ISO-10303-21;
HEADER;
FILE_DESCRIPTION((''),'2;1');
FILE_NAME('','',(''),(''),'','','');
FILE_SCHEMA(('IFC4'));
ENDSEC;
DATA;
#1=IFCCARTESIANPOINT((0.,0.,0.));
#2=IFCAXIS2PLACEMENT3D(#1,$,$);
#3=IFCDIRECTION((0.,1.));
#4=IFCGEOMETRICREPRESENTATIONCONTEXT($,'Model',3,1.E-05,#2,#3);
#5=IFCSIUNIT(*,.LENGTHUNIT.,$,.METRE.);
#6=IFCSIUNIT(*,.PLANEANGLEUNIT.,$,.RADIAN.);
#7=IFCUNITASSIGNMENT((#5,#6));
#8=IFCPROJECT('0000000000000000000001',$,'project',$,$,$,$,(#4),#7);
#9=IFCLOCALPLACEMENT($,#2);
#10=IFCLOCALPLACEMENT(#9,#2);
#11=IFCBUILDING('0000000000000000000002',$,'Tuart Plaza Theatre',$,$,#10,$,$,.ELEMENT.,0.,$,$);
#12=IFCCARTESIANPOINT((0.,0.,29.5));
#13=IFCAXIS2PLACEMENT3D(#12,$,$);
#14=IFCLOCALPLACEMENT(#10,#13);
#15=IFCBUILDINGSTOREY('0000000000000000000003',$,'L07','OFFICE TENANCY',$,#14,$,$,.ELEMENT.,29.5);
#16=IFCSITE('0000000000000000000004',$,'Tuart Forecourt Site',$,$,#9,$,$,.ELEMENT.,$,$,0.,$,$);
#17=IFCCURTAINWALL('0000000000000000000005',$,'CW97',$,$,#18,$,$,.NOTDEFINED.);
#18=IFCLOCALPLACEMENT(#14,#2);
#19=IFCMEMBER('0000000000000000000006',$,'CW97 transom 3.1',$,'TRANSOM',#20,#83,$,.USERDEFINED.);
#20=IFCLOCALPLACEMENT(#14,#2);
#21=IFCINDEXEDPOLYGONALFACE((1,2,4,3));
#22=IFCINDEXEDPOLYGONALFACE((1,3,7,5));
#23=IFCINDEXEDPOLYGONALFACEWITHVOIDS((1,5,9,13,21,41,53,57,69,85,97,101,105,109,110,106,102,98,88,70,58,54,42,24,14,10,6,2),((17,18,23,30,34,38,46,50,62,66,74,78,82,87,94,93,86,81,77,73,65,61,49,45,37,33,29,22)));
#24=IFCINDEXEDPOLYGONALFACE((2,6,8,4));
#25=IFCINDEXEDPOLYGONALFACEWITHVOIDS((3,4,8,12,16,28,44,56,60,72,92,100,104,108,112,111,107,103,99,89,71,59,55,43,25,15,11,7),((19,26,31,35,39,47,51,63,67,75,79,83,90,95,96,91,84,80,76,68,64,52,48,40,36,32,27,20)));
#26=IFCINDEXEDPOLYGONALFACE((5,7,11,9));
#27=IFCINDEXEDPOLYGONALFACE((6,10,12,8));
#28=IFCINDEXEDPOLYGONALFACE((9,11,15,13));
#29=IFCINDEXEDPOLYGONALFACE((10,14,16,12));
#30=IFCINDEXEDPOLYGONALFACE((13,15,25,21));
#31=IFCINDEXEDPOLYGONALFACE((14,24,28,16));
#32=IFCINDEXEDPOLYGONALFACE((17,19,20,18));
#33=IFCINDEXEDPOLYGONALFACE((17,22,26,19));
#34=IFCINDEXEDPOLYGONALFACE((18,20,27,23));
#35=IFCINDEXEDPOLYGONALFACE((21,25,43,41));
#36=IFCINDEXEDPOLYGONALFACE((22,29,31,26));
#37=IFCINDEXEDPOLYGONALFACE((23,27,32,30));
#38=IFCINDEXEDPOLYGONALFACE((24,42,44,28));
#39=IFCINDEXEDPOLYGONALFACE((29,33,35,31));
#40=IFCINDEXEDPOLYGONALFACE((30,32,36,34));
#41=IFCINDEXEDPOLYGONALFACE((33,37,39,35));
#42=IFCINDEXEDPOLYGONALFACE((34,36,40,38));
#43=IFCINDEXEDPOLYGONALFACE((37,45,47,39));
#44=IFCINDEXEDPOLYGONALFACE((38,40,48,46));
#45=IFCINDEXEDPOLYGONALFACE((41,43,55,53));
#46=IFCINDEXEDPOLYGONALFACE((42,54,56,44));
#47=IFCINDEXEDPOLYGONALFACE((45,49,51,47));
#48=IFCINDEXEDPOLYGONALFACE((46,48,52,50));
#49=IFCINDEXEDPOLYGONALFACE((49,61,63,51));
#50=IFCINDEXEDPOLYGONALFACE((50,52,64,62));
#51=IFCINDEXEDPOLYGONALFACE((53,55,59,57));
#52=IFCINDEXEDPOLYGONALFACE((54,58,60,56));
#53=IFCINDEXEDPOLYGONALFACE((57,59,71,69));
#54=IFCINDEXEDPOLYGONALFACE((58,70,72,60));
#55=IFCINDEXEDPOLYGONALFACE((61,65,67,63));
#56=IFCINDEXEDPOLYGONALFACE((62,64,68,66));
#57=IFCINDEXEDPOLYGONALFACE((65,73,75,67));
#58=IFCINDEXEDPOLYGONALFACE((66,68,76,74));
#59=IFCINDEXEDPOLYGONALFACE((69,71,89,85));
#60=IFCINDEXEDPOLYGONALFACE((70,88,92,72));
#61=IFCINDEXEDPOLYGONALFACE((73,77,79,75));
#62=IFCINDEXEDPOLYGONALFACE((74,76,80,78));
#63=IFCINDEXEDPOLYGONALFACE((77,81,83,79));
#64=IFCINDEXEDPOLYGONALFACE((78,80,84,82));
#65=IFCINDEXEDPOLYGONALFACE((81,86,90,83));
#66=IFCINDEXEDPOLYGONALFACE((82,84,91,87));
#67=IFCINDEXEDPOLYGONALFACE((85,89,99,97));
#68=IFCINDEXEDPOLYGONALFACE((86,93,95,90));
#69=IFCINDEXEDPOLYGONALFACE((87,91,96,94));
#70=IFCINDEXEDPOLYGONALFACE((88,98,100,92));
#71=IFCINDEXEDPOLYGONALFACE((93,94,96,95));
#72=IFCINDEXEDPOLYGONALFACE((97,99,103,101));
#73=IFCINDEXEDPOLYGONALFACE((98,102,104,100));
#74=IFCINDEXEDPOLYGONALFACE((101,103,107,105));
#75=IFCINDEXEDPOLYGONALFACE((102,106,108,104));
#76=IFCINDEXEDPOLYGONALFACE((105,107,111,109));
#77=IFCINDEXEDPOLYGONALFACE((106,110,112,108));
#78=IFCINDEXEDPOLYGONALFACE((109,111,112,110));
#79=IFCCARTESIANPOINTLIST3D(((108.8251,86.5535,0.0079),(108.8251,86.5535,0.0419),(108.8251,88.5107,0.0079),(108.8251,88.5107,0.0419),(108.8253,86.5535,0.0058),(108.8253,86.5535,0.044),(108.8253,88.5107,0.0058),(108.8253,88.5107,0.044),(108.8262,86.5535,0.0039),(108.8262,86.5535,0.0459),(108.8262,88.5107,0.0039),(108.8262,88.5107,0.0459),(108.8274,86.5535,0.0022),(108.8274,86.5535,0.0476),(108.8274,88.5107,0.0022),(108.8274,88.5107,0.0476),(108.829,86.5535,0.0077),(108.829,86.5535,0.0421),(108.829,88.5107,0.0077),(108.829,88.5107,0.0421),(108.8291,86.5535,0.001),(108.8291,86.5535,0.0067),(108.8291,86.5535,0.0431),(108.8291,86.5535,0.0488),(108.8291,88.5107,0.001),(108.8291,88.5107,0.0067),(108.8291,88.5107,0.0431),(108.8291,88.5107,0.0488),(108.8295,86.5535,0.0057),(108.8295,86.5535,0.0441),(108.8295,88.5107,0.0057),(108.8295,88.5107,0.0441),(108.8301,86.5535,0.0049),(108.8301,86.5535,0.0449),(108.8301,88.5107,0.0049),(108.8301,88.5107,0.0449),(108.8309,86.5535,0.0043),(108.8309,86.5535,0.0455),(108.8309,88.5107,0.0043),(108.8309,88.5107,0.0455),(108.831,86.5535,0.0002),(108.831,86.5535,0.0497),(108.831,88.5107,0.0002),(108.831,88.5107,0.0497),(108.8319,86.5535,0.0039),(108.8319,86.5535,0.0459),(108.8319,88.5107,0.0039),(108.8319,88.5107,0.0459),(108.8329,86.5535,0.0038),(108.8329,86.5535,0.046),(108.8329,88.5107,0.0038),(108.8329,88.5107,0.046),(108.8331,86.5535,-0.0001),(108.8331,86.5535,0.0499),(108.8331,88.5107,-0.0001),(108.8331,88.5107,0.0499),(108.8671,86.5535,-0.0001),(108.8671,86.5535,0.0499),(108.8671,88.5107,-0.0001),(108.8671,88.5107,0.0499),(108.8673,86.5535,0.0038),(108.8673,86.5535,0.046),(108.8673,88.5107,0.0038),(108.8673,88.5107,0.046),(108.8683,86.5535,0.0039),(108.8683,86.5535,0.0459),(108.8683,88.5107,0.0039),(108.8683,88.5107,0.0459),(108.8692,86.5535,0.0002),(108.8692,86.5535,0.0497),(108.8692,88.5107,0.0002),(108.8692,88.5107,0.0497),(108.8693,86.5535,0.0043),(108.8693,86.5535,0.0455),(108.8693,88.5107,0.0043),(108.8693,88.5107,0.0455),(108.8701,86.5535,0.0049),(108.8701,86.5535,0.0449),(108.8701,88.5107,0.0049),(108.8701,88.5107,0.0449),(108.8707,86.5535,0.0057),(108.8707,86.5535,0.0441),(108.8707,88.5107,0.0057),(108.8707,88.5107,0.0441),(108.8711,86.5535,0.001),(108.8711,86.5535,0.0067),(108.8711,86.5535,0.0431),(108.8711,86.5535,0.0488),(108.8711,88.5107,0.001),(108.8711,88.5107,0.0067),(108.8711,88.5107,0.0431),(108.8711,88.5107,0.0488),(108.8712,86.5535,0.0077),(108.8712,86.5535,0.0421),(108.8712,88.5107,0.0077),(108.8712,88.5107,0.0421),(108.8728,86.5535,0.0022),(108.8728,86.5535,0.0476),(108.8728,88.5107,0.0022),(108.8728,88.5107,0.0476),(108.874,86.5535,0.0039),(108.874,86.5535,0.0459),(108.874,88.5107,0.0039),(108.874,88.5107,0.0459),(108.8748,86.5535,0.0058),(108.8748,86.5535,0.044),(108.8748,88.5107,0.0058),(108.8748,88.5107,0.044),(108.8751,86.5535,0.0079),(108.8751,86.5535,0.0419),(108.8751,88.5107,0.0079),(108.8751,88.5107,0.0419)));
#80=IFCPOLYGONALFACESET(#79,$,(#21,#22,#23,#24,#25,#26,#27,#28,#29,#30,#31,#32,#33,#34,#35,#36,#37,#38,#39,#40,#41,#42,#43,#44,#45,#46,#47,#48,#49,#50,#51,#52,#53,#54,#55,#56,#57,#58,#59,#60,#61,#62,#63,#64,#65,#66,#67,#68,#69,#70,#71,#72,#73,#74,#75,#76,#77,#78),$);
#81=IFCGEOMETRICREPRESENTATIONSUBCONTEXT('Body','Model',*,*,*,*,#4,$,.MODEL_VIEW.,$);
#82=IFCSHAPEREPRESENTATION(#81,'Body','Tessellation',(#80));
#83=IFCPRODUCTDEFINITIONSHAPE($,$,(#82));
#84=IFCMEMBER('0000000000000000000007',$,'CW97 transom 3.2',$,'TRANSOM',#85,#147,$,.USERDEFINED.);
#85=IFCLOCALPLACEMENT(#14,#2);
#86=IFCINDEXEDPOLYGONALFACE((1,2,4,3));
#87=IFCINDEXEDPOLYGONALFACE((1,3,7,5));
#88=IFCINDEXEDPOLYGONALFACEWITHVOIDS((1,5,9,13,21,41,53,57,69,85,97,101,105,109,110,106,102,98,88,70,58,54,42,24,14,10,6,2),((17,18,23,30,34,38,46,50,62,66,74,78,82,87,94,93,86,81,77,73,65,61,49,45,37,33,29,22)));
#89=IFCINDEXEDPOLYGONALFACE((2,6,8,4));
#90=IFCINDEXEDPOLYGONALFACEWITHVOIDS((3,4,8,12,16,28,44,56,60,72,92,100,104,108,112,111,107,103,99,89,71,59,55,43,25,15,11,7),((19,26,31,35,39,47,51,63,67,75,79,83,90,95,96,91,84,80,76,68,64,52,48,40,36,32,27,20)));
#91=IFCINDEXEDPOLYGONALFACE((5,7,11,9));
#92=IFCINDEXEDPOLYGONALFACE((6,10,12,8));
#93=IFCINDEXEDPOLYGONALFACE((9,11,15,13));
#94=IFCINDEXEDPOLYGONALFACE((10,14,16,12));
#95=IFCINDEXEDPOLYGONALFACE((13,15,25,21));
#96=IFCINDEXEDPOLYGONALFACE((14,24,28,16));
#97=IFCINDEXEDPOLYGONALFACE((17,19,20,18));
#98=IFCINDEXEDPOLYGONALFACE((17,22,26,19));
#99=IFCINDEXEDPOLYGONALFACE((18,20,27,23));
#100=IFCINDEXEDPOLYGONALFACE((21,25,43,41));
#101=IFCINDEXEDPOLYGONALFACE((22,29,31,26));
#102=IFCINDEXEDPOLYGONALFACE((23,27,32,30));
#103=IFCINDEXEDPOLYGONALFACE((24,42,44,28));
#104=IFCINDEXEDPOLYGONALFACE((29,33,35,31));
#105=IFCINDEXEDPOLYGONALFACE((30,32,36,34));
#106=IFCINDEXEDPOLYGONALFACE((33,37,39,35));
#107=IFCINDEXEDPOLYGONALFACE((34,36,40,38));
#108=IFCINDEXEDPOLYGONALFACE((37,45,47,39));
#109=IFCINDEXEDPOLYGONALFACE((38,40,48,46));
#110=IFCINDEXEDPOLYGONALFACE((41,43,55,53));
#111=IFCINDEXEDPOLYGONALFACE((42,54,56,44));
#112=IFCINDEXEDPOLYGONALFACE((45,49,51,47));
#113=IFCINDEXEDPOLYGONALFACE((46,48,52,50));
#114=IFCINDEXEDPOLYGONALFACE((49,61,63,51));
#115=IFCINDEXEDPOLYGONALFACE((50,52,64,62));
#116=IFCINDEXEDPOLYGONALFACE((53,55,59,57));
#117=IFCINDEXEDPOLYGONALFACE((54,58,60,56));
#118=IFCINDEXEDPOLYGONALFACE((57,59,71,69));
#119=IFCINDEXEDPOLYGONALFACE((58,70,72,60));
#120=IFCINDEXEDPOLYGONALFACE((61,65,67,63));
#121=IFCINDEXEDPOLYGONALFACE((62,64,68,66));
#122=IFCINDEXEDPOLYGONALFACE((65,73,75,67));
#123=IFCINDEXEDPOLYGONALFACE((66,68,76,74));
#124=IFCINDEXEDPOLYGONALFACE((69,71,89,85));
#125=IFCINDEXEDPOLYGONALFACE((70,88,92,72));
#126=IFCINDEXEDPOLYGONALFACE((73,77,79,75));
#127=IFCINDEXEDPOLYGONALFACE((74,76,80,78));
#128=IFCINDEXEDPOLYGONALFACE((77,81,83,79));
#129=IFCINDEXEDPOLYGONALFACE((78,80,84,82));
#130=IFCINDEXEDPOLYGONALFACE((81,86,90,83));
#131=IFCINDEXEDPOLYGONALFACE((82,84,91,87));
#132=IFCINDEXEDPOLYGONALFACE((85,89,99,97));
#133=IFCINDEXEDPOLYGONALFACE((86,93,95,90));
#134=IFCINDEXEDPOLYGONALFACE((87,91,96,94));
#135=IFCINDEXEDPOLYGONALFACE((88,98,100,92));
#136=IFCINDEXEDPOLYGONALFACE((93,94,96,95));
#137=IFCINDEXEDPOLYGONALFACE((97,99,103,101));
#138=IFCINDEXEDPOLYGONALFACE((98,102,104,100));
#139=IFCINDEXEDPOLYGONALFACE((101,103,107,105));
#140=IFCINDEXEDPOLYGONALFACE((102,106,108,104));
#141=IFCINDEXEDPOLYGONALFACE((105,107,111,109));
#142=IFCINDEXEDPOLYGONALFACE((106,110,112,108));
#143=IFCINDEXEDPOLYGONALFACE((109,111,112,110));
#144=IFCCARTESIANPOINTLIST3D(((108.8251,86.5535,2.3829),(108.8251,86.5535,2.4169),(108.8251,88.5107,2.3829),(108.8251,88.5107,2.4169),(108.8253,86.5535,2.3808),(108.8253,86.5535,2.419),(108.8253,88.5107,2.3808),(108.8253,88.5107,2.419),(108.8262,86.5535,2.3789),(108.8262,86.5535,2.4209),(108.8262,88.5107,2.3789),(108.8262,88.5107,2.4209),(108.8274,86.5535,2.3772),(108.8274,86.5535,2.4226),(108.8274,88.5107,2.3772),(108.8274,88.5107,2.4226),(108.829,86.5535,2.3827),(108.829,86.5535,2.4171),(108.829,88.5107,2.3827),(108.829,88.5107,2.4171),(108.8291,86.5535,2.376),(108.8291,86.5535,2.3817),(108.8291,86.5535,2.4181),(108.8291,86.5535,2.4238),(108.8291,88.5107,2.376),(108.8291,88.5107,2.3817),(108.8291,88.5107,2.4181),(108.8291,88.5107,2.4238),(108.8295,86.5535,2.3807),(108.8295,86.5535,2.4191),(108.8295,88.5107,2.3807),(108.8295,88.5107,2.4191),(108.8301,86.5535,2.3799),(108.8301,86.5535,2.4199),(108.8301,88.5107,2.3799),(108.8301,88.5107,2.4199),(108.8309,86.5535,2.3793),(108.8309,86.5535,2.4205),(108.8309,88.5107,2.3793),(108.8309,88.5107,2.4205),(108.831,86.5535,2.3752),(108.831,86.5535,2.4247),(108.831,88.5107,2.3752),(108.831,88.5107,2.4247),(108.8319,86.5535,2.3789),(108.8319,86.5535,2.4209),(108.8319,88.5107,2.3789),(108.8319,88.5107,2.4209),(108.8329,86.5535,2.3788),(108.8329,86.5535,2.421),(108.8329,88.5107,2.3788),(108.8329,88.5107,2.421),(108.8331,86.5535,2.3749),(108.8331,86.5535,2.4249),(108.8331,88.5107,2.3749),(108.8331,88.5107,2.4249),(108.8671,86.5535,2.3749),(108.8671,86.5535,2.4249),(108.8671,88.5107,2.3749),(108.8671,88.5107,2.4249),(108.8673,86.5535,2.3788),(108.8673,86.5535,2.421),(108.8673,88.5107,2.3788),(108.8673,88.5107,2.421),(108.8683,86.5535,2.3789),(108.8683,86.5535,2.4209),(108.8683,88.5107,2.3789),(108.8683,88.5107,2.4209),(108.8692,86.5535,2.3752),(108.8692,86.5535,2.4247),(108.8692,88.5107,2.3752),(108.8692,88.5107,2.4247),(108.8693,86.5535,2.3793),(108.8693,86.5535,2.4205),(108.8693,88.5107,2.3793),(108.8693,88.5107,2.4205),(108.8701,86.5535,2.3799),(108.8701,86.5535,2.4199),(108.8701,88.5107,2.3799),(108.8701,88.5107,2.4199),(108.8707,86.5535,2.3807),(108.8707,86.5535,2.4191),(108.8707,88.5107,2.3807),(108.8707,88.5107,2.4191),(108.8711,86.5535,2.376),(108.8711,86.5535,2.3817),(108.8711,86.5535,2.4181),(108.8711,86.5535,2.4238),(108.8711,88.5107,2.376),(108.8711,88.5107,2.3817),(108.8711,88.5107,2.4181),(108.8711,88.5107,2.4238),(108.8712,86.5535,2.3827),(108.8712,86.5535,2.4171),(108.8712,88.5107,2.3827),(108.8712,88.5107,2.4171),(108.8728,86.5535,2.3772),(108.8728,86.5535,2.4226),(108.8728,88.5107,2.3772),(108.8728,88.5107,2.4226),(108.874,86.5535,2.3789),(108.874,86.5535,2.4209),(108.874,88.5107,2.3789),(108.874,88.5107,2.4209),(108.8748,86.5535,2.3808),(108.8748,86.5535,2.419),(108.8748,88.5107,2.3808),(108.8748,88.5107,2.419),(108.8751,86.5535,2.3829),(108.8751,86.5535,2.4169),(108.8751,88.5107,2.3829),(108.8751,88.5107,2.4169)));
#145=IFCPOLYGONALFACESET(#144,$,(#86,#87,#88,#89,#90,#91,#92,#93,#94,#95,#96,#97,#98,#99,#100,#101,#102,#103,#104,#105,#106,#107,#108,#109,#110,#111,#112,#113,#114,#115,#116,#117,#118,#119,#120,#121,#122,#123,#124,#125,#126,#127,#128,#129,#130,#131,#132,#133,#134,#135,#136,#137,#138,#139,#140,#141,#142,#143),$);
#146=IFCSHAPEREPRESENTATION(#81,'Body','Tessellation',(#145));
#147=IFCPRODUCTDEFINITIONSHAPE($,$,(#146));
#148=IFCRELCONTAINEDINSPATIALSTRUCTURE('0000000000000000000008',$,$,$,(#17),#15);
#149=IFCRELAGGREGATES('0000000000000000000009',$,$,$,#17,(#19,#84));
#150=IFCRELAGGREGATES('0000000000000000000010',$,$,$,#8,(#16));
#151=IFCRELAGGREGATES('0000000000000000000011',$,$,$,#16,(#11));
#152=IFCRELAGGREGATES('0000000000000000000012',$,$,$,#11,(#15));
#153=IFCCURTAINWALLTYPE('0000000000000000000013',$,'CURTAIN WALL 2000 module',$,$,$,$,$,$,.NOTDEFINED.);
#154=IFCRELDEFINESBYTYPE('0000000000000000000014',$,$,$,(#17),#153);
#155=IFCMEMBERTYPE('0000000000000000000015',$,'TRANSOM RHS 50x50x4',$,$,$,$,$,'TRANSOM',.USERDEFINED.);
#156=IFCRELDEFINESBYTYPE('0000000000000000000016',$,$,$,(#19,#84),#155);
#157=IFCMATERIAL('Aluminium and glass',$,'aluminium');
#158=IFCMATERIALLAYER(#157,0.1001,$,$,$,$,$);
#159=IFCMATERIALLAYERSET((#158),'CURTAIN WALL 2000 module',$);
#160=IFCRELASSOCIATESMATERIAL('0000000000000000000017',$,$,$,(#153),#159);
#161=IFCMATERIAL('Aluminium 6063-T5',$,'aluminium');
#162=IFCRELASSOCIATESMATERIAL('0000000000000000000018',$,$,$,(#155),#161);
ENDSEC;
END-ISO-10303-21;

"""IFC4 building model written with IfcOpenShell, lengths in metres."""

from ifc_helpers import new_model, si_unit, direction, frame, origin, origin_2d, place, context, subcontext, project, spatial, hollow_rectangle, extrude, material, layer, layer_set, material_profile, profile_set, type_object, element, aggregate, save


model = new_model("IFC4")

# Units and contexts
model_context = context("Model", 3, precision=1e-05, world=origin(), true_north=direction((0.0, 1.0)))
body_context = subcontext(model_context, "Body", "Model", "MODEL_VIEW")
ifc_project = project(units=[si_unit("LENGTHUNIT", "METRE"), si_unit("PLANEANGLEUNIT", "RADIAN")], contexts=[model_context])

# Site, building, storey
site_placement = place(None, origin())
site = spatial("IfcSite", under=ifc_project, at=site_placement, Name="Tuart Forecourt Site", CompositionType="ELEMENT", RefElevation=0.0)
building_placement = place(site_placement, origin())
building = spatial("IfcBuilding", under=site, at=building_placement, Name="Tuart Plaza Theatre", CompositionType="ELEMENT", ElevationOfRefHeight=0.0)
storey_placement = place(building_placement, frame((0.0, 0.0, 29.5)))
storey = spatial("IfcBuildingStorey", under=building, at=storey_placement, Name="L07", Description="OFFICE TENANCY", CompositionType="ELEMENT", Elevation=29.5)

# Curtain wall, members
ifc_material_1 = material(Name="Aluminium and glass", Category="aluminium")
ifc_layer_1 = layer(ifc_material_1, 0.1001)
ifc_layer_set_1 = layer_set([ifc_layer_1], Name="CURTAIN WALL 2000 module")
curtain_wall_type = type_object("IfcCurtainWallType", Name="CURTAIN WALL 2000 module", PredefinedType="NOTDEFINED", material=ifc_layer_set_1)
curtain_wall_placement = place(storey_placement, origin())
curtain_wall = element("IfcCurtainWall", 1, at=curtain_wall_placement, inside=storey, type_object=curtain_wall_type, Name="CW97", PredefinedType="NOTDEFINED")
ifc_material_2 = material(Name="Aluminium 6063-T5", Category="aluminium")
ifc_material_profile_1 = material_profile(ifc_material_2, hollow_rectangle(XDim=0.05, YDim=0.05, WallThickness=0.0039, InnerFilletRadius=0.0039, OuterFilletRadius=0.0081, at=origin_2d()), Name="RHS 50x50x4")
ifc_profile_set_1 = profile_set([ifc_material_profile_1], Name="Aluminium 6063-T5")
member_type_1 = type_object("IfcMemberType", Name="TRANSOM RHS 50x50x4", ElementType="TRANSOM", PredefinedType="USERDEFINED", material=ifc_profile_set_1)
member_1_placement = place(storey_placement, frame((108.8501, 88.5107, 0.0249), z_axis=(0.0, -1.0, 0.0), x_axis=(1.0, 0.0, 0.0)))
member_1 = element("IfcMember", 2, at=member_1_placement, type_object=member_type_1, Name="CW97 transom 3.1", ObjectType="TRANSOM", PredefinedType="USERDEFINED", context=body_context, shape_type="SweptSolid", body=[
    extrude(hollow_rectangle(XDim=0.05, YDim=0.05, WallThickness=0.0039, InnerFilletRadius=0.0039, OuterFilletRadius=0.0081, at=origin_2d()), origin(), (0.0, 0.0, 1.0), 1.9573),
])
member_2_placement = place(storey_placement, frame((108.8501, 88.5107, 2.3999), z_axis=(0.0, -1.0, 0.0), x_axis=(1.0, 0.0, 0.0)))
member_2 = element("IfcMember", 3, at=member_2_placement, type_object=member_type_1, Name="CW97 transom 3.2", ObjectType="TRANSOM", PredefinedType="USERDEFINED", context=body_context, shape_type="SweptSolid", body=[
    extrude(hollow_rectangle(XDim=0.05, YDim=0.05, WallThickness=0.0039, InnerFilletRadius=0.0039, OuterFilletRadius=0.0081, at=origin_2d()), origin(), (0.0, 0.0, 1.0), 1.9573),
])
aggregate(curtain_wall, [member_1, member_2])

save(model, "model.ifc")
